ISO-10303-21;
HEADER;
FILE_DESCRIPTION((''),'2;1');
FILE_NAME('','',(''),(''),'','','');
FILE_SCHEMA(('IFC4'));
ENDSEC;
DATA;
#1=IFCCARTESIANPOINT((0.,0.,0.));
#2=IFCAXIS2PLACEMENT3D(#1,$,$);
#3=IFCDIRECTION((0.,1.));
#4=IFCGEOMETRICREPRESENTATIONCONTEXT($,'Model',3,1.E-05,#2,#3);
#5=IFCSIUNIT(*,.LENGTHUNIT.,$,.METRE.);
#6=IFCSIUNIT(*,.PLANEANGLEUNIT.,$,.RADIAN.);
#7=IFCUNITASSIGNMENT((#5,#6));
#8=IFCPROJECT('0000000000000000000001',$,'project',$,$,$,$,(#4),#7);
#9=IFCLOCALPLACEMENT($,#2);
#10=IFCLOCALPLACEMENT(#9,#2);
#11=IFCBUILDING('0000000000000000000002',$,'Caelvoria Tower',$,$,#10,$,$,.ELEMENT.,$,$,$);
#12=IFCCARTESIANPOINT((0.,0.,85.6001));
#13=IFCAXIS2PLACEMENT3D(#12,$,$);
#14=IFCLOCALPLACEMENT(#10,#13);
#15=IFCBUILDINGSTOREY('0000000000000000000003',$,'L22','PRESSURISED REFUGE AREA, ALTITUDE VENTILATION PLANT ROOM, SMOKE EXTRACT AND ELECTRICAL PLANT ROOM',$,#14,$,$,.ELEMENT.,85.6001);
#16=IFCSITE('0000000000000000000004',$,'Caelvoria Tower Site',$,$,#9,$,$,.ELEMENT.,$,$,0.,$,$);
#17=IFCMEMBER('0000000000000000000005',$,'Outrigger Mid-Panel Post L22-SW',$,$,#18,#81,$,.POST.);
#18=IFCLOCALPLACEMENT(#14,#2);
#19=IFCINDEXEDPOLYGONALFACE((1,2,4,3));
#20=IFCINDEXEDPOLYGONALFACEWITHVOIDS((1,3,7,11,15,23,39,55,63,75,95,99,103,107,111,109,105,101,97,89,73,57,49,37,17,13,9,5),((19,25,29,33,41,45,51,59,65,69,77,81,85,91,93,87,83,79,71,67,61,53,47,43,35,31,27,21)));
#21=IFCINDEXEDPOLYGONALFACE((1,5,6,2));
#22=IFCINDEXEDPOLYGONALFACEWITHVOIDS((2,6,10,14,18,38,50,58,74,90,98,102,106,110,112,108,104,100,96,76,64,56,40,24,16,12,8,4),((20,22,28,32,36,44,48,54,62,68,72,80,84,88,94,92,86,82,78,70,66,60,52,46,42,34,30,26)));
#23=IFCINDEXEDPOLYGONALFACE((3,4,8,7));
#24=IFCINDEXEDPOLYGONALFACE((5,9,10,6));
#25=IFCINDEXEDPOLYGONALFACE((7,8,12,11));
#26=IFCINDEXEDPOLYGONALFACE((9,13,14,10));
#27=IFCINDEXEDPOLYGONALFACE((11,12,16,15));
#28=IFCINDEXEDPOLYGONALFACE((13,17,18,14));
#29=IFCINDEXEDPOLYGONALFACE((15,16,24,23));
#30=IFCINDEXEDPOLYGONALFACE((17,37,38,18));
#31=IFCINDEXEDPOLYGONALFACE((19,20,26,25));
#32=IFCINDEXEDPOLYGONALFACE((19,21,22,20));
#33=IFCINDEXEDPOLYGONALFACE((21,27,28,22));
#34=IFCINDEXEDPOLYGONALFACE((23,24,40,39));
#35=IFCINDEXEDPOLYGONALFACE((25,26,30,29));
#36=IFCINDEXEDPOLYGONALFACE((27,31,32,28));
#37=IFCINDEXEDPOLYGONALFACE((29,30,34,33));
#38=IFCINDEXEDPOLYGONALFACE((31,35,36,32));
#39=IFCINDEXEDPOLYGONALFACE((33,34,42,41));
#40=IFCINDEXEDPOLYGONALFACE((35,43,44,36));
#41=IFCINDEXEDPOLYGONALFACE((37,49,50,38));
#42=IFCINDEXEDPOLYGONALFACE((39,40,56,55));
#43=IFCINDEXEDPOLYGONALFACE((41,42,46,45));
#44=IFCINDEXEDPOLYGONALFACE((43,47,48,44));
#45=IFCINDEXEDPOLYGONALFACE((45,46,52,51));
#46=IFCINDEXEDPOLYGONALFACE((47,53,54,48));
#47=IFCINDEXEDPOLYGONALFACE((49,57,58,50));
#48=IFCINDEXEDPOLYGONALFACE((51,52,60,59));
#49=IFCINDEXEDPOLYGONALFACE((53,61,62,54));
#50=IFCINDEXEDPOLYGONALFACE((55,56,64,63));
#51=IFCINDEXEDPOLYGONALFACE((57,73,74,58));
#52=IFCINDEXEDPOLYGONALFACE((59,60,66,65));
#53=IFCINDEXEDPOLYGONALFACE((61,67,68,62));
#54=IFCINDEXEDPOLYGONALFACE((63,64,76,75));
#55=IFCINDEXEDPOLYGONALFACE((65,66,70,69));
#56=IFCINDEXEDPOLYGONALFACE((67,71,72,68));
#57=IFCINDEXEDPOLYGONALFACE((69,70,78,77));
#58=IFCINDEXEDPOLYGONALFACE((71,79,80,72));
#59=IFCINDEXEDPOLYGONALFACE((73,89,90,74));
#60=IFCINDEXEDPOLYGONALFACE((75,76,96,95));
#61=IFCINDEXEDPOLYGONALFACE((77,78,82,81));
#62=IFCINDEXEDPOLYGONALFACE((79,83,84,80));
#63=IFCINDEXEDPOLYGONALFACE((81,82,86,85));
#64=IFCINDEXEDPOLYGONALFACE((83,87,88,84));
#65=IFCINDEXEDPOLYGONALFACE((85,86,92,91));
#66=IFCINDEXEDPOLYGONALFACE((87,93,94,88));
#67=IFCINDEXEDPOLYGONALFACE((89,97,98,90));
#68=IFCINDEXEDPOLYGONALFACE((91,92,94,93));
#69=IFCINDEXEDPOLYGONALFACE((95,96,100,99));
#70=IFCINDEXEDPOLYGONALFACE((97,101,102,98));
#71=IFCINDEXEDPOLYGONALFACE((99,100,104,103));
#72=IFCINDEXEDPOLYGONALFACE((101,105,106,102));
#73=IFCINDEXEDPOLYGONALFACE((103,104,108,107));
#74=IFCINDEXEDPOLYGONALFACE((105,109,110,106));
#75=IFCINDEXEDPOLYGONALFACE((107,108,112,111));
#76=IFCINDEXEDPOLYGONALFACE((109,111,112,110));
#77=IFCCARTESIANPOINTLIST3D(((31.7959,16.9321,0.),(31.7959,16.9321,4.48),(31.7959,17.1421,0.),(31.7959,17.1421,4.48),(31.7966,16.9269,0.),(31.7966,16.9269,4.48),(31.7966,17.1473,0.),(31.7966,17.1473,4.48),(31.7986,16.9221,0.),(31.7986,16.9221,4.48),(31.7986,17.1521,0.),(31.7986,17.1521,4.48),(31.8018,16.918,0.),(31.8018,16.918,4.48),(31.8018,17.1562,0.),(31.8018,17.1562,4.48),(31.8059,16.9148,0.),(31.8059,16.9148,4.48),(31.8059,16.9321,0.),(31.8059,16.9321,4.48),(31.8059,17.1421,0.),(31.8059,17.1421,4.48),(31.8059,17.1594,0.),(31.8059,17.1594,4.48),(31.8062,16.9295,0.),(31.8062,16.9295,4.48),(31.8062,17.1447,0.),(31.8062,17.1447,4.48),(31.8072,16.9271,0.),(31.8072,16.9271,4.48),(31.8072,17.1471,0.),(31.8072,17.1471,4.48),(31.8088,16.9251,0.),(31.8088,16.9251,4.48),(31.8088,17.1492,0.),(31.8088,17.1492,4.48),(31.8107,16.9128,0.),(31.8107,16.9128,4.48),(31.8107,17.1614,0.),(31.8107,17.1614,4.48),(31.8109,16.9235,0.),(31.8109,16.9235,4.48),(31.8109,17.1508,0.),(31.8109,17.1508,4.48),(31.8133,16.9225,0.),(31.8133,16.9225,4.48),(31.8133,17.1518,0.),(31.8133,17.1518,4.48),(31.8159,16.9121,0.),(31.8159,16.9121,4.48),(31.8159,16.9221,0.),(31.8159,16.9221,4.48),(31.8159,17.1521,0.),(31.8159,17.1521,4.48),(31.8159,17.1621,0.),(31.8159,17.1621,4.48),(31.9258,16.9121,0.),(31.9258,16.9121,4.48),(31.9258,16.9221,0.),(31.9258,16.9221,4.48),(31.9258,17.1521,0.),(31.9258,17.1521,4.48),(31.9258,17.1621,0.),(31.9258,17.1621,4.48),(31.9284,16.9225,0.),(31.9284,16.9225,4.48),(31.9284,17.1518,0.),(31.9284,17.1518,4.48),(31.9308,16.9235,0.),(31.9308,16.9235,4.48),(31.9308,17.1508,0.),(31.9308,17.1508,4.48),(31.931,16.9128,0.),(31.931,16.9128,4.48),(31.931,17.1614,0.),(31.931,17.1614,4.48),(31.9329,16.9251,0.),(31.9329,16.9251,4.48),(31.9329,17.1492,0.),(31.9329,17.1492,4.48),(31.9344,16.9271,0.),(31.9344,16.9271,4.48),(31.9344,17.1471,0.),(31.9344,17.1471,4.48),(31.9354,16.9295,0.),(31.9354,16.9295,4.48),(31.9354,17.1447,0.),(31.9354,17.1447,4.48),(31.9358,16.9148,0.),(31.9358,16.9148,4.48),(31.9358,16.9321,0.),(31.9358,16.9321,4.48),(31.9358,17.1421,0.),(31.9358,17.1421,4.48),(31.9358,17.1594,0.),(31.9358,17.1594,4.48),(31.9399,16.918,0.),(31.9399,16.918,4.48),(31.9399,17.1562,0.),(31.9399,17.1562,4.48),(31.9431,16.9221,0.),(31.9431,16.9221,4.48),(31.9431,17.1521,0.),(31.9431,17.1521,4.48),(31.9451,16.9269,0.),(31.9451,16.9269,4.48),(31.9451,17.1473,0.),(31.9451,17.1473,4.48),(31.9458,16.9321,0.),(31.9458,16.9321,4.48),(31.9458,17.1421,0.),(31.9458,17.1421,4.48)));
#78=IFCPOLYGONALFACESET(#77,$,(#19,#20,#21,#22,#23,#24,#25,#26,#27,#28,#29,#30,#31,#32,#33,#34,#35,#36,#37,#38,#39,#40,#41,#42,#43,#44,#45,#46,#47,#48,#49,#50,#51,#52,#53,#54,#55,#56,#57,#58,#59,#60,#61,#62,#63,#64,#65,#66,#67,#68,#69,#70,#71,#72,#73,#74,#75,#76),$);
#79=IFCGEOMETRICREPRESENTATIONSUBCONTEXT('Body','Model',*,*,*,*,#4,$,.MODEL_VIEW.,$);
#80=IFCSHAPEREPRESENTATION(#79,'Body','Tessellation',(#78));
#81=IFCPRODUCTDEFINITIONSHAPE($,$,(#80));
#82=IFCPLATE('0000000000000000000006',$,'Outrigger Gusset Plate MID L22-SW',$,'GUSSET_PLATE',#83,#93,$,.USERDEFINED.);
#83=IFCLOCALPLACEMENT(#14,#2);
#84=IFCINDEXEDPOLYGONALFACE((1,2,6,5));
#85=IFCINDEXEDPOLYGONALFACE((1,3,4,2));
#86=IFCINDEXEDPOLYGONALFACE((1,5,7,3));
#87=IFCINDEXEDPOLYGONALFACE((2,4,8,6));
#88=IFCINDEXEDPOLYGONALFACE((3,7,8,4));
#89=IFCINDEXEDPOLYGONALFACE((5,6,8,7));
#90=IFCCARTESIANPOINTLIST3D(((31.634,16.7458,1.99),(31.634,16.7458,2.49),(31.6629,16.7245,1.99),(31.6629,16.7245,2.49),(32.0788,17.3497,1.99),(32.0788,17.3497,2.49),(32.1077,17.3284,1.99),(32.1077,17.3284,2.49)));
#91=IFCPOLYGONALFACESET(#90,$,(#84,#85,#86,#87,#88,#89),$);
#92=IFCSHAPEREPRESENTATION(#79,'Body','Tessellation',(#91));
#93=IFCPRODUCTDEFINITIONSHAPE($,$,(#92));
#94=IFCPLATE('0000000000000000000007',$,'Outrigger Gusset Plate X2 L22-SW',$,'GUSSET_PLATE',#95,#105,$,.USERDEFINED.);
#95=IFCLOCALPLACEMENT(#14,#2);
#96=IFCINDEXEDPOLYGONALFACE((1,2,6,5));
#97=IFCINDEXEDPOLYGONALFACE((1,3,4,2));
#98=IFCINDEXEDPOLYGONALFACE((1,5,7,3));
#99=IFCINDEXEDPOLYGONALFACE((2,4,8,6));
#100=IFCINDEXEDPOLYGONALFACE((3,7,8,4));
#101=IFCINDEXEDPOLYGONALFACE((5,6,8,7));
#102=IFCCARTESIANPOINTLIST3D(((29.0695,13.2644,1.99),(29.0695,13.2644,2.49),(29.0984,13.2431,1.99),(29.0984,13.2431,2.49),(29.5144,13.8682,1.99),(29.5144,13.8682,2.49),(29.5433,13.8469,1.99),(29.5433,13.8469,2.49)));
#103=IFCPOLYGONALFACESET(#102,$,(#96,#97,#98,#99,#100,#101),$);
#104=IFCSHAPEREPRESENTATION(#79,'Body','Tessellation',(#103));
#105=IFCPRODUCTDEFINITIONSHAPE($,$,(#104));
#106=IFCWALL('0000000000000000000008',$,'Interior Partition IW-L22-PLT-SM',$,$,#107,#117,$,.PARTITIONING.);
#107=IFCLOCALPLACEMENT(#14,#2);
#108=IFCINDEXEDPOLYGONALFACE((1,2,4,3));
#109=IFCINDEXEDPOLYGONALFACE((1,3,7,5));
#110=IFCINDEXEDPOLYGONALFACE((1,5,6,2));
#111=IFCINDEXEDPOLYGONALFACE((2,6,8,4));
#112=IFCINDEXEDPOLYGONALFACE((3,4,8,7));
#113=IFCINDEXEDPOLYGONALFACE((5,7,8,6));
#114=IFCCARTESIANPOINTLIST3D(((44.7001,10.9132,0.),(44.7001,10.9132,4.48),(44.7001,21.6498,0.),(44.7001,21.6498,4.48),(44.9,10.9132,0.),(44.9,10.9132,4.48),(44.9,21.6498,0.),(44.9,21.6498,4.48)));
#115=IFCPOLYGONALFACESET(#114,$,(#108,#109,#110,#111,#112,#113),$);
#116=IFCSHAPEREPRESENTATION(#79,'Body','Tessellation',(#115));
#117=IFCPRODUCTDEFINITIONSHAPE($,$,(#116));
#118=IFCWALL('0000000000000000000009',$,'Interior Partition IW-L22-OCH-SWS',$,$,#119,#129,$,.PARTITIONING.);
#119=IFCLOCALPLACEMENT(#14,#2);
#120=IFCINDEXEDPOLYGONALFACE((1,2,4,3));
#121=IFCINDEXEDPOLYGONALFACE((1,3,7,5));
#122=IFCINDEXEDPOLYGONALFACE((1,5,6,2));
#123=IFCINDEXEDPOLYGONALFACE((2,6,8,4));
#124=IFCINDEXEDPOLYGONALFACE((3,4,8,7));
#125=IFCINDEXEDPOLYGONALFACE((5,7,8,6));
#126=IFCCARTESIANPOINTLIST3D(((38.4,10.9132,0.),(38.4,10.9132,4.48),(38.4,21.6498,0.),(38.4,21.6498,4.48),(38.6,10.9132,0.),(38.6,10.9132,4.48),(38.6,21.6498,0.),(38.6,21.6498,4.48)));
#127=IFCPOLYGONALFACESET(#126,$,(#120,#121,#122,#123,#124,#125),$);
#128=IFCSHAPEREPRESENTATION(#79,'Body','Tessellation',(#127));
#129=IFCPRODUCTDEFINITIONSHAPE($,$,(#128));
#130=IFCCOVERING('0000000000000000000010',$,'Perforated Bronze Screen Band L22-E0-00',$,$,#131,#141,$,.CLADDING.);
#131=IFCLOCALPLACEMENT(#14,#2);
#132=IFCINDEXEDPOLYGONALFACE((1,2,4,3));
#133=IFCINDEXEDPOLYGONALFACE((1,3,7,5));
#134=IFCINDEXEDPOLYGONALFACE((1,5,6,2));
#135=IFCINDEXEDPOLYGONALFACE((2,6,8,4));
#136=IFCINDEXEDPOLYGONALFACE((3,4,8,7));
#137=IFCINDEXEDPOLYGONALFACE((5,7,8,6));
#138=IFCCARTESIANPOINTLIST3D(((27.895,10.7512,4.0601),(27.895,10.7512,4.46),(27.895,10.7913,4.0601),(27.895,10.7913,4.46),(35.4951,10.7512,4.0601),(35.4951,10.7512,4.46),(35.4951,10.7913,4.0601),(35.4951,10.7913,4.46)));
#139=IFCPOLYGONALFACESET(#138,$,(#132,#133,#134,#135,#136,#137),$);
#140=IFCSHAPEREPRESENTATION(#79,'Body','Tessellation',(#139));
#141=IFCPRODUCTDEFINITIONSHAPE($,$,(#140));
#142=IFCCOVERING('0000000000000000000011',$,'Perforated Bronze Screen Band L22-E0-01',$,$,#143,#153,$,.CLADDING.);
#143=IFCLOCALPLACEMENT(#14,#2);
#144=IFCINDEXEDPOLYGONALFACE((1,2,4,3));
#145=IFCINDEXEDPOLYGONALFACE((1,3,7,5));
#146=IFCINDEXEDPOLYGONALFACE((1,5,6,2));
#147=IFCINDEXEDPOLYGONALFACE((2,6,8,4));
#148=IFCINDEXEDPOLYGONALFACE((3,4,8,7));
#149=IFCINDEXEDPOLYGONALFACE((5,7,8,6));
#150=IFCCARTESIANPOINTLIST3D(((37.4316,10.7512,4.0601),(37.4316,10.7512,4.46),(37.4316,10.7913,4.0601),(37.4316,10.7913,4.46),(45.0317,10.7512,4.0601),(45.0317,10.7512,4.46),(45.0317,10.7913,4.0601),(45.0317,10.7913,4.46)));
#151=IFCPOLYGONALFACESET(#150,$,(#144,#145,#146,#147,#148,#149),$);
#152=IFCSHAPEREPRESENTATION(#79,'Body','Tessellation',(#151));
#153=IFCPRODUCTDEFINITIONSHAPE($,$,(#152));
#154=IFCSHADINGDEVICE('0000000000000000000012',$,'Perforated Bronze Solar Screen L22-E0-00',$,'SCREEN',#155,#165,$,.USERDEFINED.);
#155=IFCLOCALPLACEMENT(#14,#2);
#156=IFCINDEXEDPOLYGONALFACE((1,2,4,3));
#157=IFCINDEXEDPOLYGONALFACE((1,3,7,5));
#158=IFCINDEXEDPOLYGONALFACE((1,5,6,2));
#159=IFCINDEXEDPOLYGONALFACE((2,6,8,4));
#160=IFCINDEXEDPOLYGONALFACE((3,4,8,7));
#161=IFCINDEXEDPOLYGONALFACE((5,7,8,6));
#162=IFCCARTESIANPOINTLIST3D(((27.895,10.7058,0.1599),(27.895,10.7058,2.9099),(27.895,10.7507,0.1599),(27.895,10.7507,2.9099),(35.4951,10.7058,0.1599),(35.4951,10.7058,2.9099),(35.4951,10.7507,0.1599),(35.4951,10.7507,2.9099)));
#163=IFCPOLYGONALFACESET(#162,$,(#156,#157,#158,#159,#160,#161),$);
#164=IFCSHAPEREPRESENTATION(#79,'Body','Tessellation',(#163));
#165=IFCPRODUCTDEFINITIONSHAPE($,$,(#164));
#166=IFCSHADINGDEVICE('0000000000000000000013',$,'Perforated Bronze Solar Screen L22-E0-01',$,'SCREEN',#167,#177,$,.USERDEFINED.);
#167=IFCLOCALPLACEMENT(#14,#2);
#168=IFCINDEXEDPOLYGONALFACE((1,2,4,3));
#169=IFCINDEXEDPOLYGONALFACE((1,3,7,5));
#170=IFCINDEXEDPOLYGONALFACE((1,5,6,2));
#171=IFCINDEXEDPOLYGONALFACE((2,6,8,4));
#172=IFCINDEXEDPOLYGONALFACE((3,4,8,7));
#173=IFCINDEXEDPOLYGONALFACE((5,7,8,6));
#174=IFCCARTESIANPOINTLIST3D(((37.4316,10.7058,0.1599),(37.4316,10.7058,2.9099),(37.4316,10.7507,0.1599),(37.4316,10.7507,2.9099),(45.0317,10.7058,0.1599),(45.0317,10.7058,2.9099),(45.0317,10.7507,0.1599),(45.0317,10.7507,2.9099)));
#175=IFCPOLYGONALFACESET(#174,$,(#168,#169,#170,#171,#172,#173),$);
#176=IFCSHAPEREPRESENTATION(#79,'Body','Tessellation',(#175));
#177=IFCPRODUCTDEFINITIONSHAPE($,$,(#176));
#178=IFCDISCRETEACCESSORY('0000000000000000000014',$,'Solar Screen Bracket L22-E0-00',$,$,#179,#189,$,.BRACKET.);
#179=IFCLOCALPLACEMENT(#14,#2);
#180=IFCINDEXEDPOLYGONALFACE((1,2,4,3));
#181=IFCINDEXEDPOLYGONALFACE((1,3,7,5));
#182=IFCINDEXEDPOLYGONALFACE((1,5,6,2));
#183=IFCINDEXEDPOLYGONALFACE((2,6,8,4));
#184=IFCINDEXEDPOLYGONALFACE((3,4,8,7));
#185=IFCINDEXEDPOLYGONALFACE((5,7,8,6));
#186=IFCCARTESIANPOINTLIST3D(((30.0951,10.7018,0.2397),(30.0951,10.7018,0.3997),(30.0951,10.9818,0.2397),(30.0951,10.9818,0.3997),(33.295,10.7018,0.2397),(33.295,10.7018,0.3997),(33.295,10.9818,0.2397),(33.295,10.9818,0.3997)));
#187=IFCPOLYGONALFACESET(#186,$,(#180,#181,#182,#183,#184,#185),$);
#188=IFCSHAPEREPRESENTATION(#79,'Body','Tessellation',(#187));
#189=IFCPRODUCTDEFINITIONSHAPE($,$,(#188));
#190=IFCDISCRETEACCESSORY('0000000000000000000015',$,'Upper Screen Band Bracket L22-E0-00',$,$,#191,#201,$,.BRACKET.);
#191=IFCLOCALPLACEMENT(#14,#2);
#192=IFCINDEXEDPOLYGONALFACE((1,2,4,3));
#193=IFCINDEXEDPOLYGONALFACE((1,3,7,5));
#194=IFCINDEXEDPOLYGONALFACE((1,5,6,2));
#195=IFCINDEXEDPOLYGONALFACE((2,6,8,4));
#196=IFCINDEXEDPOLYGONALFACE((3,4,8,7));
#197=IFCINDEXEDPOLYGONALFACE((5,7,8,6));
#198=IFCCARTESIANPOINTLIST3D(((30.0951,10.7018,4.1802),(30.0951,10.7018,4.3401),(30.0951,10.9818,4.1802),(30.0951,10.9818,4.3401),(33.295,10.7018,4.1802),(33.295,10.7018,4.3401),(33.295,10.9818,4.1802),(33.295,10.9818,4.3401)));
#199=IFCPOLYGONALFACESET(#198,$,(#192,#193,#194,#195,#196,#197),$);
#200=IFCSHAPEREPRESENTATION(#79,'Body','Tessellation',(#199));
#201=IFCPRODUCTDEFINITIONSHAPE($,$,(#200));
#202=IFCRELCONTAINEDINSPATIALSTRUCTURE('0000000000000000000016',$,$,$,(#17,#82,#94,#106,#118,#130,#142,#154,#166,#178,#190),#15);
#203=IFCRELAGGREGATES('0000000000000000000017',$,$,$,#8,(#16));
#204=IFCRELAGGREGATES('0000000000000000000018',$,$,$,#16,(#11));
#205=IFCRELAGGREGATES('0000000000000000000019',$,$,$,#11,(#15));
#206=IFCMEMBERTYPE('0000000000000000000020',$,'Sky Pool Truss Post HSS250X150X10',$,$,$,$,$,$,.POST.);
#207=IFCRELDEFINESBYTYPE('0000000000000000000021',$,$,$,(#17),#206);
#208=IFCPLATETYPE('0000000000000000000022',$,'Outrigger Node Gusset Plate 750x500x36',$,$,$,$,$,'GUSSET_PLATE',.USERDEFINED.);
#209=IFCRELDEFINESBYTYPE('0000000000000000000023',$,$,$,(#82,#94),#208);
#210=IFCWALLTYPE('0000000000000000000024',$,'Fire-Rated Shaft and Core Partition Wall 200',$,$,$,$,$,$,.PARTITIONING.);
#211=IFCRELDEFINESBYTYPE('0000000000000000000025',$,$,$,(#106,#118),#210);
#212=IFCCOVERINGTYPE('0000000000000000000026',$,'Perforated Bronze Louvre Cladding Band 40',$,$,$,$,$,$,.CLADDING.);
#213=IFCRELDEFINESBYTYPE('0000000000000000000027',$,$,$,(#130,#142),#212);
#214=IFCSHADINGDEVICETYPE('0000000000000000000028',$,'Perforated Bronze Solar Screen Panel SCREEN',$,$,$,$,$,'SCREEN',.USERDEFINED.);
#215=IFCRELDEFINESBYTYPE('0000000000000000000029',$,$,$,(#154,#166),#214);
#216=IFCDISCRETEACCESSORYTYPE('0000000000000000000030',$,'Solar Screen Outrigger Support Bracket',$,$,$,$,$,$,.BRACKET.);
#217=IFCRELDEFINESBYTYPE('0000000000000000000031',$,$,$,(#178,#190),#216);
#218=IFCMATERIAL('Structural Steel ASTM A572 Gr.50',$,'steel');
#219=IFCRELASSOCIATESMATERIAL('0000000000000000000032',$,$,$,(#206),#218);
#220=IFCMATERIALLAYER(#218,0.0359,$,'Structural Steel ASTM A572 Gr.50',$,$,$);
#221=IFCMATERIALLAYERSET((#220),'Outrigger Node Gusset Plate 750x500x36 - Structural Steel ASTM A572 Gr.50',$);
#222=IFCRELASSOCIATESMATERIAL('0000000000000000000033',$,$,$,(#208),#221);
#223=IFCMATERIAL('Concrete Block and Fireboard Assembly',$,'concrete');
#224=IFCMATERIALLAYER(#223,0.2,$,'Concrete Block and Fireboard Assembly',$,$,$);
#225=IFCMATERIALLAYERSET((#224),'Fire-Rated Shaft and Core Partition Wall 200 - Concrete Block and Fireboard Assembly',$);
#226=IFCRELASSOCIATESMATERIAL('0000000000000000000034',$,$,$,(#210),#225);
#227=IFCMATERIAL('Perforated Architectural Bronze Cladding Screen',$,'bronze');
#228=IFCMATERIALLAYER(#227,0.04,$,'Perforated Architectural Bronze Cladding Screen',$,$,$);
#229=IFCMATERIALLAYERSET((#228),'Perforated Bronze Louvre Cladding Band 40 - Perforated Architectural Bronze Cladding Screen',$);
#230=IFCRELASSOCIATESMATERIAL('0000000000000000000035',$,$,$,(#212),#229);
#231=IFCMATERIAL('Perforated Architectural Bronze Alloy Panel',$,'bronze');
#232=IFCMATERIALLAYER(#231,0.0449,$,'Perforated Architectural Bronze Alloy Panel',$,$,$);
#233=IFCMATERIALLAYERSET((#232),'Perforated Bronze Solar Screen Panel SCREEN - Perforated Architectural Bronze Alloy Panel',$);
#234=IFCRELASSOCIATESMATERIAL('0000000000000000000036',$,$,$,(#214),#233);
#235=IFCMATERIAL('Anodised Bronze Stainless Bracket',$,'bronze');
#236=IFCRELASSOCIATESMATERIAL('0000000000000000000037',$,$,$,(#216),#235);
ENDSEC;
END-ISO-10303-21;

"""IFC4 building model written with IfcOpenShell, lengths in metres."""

from ifc_helpers import new_model, si_unit, direction, frame, frame_2d, origin, origin_2d, place, context, subcontext, project, spatial, rectangle, hollow_rectangle, extrude, material, layer, layer_set, material_profile, profile_set, type_object, element, save


model = new_model("IFC4")

# Units and contexts
model_context = context("Model", 3, precision=1e-05, world=origin(), true_north=direction((0.0, 1.0)))
body_context = subcontext(model_context, "Body", "Model", "MODEL_VIEW")
ifc_project = project(units=[si_unit("LENGTHUNIT", "METRE"), si_unit("PLANEANGLEUNIT", "RADIAN")], contexts=[model_context])

# Site, building, storey
site_placement = place(None, origin())
site = spatial("IfcSite", under=ifc_project, at=site_placement, Name="Caelvoria Tower Site", CompositionType="ELEMENT", RefElevation=0.0)
building_placement = place(site_placement, origin())
building = spatial("IfcBuilding", under=site, at=building_placement, Name="Caelvoria Tower", CompositionType="ELEMENT")
storey_placement = place(building_placement, frame((0.0, 0.0, 85.6001)))
storey = spatial("IfcBuildingStorey", under=building, at=storey_placement, Name="L22", Description="PRESSURISED REFUGE AREA, ALTITUDE VENTILATION PLANT ROOM, SMOKE EXTRACT AND ELECTRICAL PLANT ROOM", CompositionType="ELEMENT", Elevation=85.6001)

# Member
ifc_material_1 = material(Name="Structural Steel ASTM A572 Gr.50", Category="steel")
ifc_material_profile_1 = material_profile(ifc_material_1, hollow_rectangle(XDim=0.1499, YDim=0.25, WallThickness=0.01, InnerFilletRadius=0.01, OuterFilletRadius=0.02, at=origin_2d()), Name="Structural Steel ASTM A572 Gr.50")
ifc_profile_set_1 = profile_set([ifc_material_profile_1], Name="HSS250X150X10 - Structural Steel ASTM A572 Gr.50")
member_type_1 = type_object("IfcMemberType", Name="Sky Pool Truss Post HSS250X150X10", PredefinedType="POST", material=ifc_profile_set_1)
member_1_placement = place(storey_placement, frame((31.8708, 17.0371, 0.0), z_axis=(0.0, 0.0, 1.0), x_axis=(1.0, 0.0, 0.0)))
element("IfcMember", 1, at=member_1_placement, inside=storey, type_object=member_type_1, Name="Outrigger Mid-Panel Post L22-SW", PredefinedType="POST", context=body_context, shape_type="SweptSolid", body=[
    extrude(hollow_rectangle(XDim=0.1499, YDim=0.25, WallThickness=0.01, InnerFilletRadius=0.01, OuterFilletRadius=0.02, at=origin_2d()), origin(), (0.0, 0.0, 1.0), 4.48),
])

# Plates
ifc_layer_1 = layer(ifc_material_1, 0.0359, Name="Structural Steel ASTM A572 Gr.50")
ifc_layer_set_1 = layer_set([ifc_layer_1], Name="Outrigger Node Gusset Plate 750x500x36 - Structural Steel ASTM A572 Gr.50")
plate_type = type_object("IfcPlateType", Name="Outrigger Node Gusset Plate 750x500x36", ElementType="GUSSET_PLATE", PredefinedType="USERDEFINED", material=ifc_layer_set_1)
for number, where, z_axis, x_axis, name in (
    (2, (31.8708, 17.0371, 1.99), (0.0, 0.0, 1.0), (-0.593093, -0.805134, 0.0), "Outrigger Gusset Plate MID L22-SW"),
    (3, (29.3064, 13.5557, 1.99), (0.0, 0.0, 1.0), (-0.593093, -0.805134, 0.0), "Outrigger Gusset Plate X2 L22-SW"),
):
    element("IfcPlate", number, at=place(storey_placement, frame(where, z_axis=z_axis, x_axis=x_axis)), inside=storey, type_object=plate_type, Name=name, ObjectType="GUSSET_PLATE", PredefinedType="USERDEFINED", context=body_context, shape_type="SweptSolid", body=[
        extrude(rectangle(XDim=0.75, YDim=0.0359, at=origin_2d()), origin(), (0.0, 0.0, 1.0), 0.5),
    ])

# Walls
ifc_material_2 = material(Name="Concrete Block and Fireboard Assembly", Category="concrete")
ifc_layer_2 = layer(ifc_material_2, 0.2, Name="Concrete Block and Fireboard Assembly")
ifc_layer_set_2 = layer_set([ifc_layer_2], Name="Fire-Rated Shaft and Core Partition Wall 200 - Concrete Block and Fireboard Assembly")
wall_type = type_object("IfcWallType", Name="Fire-Rated Shaft and Core Partition Wall 200", PredefinedType="PARTITIONING", material=ifc_layer_set_2)
for number, where, z_axis, x_axis, name in (
    (4, (44.8, 10.9133, 0.0), (0.0, 0.0, 1.0), (0.0, 1.0, 0.0), "Interior Partition IW-L22-PLT-SM"),
    (5, (38.5, 10.9133, 0.0), (0.0, 0.0, 1.0), (0.0, 1.0, 0.0), "Interior Partition IW-L22-OCH-SWS"),
):
    element("IfcWall", number, at=place(storey_placement, frame(where, z_axis=z_axis, x_axis=x_axis)), inside=storey, type_object=wall_type, Name=name, PredefinedType="PARTITIONING", context=body_context, shape_type="SweptSolid", body=[
        extrude(rectangle(XDim=10.7366, YDim=0.2, at=frame_2d((5.3682, 0.0))), origin(), (0.0, 0.0, 1.0), 4.48),
    ])

# Coverings
ifc_material_3 = material(Name="Perforated Architectural Bronze Cladding Screen", Category="bronze")
ifc_layer_3 = layer(ifc_material_3, 0.04, Name="Perforated Architectural Bronze Cladding Screen")
ifc_layer_set_3 = layer_set([ifc_layer_3], Name="Perforated Bronze Louvre Cladding Band 40 - Perforated Architectural Bronze Cladding Screen")
covering_type = type_object("IfcCoveringType", Name="Perforated Bronze Louvre Cladding Band 40", PredefinedType="CLADDING", material=ifc_layer_set_3)
for number, where, z_axis, x_axis, name in (
    (6, (31.6951, 10.7712, 4.0601), (0.0, 0.0, 1.0), (1.0, 0.0, 0.0), "Perforated Bronze Screen Band L22-E0-00"),
    (7, (41.2317, 10.7712, 4.0601), (0.0, 0.0, 1.0), (1.0, 0.0, 0.0), "Perforated Bronze Screen Band L22-E0-01"),
):
    element("IfcCovering", number, at=place(storey_placement, frame(where, z_axis=z_axis, x_axis=x_axis)), inside=storey, type_object=covering_type, Name=name, PredefinedType="CLADDING", context=body_context, shape_type="SweptSolid", body=[
        extrude(rectangle(XDim=7.6001, YDim=0.04, at=origin_2d()), origin(), (0.0, 0.0, 1.0), 0.3999),
    ])

# Shading devices
ifc_material_4 = material(Name="Perforated Architectural Bronze Alloy Panel", Category="bronze")
ifc_layer_4 = layer(ifc_material_4, 0.0449, Name="Perforated Architectural Bronze Alloy Panel")
ifc_layer_set_4 = layer_set([ifc_layer_4], Name="Perforated Bronze Solar Screen Panel SCREEN - Perforated Architectural Bronze Alloy Panel")
shading_device_type = type_object("IfcShadingDeviceType", Name="Perforated Bronze Solar Screen Panel SCREEN", ElementType="SCREEN", PredefinedType="USERDEFINED", material=ifc_layer_set_4)
for number, where, z_axis, x_axis, name in (
    (8, (31.6951, 10.7283, 0.1599), (0.0, 0.0, 1.0), (1.0, 0.0, 0.0), "Perforated Bronze Solar Screen L22-E0-00"),
    (9, (41.2317, 10.7283, 0.1599), (0.0, 0.0, 1.0), (1.0, 0.0, 0.0), "Perforated Bronze Solar Screen L22-E0-01"),
):
    element("IfcShadingDevice", number, at=place(storey_placement, frame(where, z_axis=z_axis, x_axis=x_axis)), inside=storey, type_object=shading_device_type, Name=name, ObjectType="SCREEN", PredefinedType="USERDEFINED", context=body_context, shape_type="SweptSolid", body=[
        extrude(rectangle(XDim=7.6001, YDim=0.0449, at=origin_2d()), origin(), (0.0, 0.0, 1.0), 2.75),
    ])

# Discrete accessories
ifc_material_5 = material(Name="Anodised Bronze Stainless Bracket", Category="bronze")
discrete_accessory_type = type_object("IfcDiscreteAccessoryType", Name="Solar Screen Outrigger Support Bracket", PredefinedType="BRACKET", material=ifc_material_5)
for number, where, z_axis, x_axis, name in (
    (10, (31.6951, 10.8418, 0.2397), (0.0, 0.0, 1.0), (1.0, 0.0, 0.0), "Solar Screen Bracket L22-E0-00"),
    (11, (31.6951, 10.8418, 4.1802), (0.0, 0.0, 1.0), (1.0, 0.0, 0.0), "Upper Screen Band Bracket L22-E0-00"),
):
    element("IfcDiscreteAccessory", number, at=place(storey_placement, frame(where, z_axis=z_axis, x_axis=x_axis)), inside=storey, type_object=discrete_accessory_type, Name=name, PredefinedType="BRACKET", context=body_context, shape_type="SweptSolid", body=[
        extrude(rectangle(XDim=3.2, YDim=0.28, at=origin_2d()), origin(), (0.0, 0.0, 1.0), 0.1599),
    ])

save(model, "model.ifc")
